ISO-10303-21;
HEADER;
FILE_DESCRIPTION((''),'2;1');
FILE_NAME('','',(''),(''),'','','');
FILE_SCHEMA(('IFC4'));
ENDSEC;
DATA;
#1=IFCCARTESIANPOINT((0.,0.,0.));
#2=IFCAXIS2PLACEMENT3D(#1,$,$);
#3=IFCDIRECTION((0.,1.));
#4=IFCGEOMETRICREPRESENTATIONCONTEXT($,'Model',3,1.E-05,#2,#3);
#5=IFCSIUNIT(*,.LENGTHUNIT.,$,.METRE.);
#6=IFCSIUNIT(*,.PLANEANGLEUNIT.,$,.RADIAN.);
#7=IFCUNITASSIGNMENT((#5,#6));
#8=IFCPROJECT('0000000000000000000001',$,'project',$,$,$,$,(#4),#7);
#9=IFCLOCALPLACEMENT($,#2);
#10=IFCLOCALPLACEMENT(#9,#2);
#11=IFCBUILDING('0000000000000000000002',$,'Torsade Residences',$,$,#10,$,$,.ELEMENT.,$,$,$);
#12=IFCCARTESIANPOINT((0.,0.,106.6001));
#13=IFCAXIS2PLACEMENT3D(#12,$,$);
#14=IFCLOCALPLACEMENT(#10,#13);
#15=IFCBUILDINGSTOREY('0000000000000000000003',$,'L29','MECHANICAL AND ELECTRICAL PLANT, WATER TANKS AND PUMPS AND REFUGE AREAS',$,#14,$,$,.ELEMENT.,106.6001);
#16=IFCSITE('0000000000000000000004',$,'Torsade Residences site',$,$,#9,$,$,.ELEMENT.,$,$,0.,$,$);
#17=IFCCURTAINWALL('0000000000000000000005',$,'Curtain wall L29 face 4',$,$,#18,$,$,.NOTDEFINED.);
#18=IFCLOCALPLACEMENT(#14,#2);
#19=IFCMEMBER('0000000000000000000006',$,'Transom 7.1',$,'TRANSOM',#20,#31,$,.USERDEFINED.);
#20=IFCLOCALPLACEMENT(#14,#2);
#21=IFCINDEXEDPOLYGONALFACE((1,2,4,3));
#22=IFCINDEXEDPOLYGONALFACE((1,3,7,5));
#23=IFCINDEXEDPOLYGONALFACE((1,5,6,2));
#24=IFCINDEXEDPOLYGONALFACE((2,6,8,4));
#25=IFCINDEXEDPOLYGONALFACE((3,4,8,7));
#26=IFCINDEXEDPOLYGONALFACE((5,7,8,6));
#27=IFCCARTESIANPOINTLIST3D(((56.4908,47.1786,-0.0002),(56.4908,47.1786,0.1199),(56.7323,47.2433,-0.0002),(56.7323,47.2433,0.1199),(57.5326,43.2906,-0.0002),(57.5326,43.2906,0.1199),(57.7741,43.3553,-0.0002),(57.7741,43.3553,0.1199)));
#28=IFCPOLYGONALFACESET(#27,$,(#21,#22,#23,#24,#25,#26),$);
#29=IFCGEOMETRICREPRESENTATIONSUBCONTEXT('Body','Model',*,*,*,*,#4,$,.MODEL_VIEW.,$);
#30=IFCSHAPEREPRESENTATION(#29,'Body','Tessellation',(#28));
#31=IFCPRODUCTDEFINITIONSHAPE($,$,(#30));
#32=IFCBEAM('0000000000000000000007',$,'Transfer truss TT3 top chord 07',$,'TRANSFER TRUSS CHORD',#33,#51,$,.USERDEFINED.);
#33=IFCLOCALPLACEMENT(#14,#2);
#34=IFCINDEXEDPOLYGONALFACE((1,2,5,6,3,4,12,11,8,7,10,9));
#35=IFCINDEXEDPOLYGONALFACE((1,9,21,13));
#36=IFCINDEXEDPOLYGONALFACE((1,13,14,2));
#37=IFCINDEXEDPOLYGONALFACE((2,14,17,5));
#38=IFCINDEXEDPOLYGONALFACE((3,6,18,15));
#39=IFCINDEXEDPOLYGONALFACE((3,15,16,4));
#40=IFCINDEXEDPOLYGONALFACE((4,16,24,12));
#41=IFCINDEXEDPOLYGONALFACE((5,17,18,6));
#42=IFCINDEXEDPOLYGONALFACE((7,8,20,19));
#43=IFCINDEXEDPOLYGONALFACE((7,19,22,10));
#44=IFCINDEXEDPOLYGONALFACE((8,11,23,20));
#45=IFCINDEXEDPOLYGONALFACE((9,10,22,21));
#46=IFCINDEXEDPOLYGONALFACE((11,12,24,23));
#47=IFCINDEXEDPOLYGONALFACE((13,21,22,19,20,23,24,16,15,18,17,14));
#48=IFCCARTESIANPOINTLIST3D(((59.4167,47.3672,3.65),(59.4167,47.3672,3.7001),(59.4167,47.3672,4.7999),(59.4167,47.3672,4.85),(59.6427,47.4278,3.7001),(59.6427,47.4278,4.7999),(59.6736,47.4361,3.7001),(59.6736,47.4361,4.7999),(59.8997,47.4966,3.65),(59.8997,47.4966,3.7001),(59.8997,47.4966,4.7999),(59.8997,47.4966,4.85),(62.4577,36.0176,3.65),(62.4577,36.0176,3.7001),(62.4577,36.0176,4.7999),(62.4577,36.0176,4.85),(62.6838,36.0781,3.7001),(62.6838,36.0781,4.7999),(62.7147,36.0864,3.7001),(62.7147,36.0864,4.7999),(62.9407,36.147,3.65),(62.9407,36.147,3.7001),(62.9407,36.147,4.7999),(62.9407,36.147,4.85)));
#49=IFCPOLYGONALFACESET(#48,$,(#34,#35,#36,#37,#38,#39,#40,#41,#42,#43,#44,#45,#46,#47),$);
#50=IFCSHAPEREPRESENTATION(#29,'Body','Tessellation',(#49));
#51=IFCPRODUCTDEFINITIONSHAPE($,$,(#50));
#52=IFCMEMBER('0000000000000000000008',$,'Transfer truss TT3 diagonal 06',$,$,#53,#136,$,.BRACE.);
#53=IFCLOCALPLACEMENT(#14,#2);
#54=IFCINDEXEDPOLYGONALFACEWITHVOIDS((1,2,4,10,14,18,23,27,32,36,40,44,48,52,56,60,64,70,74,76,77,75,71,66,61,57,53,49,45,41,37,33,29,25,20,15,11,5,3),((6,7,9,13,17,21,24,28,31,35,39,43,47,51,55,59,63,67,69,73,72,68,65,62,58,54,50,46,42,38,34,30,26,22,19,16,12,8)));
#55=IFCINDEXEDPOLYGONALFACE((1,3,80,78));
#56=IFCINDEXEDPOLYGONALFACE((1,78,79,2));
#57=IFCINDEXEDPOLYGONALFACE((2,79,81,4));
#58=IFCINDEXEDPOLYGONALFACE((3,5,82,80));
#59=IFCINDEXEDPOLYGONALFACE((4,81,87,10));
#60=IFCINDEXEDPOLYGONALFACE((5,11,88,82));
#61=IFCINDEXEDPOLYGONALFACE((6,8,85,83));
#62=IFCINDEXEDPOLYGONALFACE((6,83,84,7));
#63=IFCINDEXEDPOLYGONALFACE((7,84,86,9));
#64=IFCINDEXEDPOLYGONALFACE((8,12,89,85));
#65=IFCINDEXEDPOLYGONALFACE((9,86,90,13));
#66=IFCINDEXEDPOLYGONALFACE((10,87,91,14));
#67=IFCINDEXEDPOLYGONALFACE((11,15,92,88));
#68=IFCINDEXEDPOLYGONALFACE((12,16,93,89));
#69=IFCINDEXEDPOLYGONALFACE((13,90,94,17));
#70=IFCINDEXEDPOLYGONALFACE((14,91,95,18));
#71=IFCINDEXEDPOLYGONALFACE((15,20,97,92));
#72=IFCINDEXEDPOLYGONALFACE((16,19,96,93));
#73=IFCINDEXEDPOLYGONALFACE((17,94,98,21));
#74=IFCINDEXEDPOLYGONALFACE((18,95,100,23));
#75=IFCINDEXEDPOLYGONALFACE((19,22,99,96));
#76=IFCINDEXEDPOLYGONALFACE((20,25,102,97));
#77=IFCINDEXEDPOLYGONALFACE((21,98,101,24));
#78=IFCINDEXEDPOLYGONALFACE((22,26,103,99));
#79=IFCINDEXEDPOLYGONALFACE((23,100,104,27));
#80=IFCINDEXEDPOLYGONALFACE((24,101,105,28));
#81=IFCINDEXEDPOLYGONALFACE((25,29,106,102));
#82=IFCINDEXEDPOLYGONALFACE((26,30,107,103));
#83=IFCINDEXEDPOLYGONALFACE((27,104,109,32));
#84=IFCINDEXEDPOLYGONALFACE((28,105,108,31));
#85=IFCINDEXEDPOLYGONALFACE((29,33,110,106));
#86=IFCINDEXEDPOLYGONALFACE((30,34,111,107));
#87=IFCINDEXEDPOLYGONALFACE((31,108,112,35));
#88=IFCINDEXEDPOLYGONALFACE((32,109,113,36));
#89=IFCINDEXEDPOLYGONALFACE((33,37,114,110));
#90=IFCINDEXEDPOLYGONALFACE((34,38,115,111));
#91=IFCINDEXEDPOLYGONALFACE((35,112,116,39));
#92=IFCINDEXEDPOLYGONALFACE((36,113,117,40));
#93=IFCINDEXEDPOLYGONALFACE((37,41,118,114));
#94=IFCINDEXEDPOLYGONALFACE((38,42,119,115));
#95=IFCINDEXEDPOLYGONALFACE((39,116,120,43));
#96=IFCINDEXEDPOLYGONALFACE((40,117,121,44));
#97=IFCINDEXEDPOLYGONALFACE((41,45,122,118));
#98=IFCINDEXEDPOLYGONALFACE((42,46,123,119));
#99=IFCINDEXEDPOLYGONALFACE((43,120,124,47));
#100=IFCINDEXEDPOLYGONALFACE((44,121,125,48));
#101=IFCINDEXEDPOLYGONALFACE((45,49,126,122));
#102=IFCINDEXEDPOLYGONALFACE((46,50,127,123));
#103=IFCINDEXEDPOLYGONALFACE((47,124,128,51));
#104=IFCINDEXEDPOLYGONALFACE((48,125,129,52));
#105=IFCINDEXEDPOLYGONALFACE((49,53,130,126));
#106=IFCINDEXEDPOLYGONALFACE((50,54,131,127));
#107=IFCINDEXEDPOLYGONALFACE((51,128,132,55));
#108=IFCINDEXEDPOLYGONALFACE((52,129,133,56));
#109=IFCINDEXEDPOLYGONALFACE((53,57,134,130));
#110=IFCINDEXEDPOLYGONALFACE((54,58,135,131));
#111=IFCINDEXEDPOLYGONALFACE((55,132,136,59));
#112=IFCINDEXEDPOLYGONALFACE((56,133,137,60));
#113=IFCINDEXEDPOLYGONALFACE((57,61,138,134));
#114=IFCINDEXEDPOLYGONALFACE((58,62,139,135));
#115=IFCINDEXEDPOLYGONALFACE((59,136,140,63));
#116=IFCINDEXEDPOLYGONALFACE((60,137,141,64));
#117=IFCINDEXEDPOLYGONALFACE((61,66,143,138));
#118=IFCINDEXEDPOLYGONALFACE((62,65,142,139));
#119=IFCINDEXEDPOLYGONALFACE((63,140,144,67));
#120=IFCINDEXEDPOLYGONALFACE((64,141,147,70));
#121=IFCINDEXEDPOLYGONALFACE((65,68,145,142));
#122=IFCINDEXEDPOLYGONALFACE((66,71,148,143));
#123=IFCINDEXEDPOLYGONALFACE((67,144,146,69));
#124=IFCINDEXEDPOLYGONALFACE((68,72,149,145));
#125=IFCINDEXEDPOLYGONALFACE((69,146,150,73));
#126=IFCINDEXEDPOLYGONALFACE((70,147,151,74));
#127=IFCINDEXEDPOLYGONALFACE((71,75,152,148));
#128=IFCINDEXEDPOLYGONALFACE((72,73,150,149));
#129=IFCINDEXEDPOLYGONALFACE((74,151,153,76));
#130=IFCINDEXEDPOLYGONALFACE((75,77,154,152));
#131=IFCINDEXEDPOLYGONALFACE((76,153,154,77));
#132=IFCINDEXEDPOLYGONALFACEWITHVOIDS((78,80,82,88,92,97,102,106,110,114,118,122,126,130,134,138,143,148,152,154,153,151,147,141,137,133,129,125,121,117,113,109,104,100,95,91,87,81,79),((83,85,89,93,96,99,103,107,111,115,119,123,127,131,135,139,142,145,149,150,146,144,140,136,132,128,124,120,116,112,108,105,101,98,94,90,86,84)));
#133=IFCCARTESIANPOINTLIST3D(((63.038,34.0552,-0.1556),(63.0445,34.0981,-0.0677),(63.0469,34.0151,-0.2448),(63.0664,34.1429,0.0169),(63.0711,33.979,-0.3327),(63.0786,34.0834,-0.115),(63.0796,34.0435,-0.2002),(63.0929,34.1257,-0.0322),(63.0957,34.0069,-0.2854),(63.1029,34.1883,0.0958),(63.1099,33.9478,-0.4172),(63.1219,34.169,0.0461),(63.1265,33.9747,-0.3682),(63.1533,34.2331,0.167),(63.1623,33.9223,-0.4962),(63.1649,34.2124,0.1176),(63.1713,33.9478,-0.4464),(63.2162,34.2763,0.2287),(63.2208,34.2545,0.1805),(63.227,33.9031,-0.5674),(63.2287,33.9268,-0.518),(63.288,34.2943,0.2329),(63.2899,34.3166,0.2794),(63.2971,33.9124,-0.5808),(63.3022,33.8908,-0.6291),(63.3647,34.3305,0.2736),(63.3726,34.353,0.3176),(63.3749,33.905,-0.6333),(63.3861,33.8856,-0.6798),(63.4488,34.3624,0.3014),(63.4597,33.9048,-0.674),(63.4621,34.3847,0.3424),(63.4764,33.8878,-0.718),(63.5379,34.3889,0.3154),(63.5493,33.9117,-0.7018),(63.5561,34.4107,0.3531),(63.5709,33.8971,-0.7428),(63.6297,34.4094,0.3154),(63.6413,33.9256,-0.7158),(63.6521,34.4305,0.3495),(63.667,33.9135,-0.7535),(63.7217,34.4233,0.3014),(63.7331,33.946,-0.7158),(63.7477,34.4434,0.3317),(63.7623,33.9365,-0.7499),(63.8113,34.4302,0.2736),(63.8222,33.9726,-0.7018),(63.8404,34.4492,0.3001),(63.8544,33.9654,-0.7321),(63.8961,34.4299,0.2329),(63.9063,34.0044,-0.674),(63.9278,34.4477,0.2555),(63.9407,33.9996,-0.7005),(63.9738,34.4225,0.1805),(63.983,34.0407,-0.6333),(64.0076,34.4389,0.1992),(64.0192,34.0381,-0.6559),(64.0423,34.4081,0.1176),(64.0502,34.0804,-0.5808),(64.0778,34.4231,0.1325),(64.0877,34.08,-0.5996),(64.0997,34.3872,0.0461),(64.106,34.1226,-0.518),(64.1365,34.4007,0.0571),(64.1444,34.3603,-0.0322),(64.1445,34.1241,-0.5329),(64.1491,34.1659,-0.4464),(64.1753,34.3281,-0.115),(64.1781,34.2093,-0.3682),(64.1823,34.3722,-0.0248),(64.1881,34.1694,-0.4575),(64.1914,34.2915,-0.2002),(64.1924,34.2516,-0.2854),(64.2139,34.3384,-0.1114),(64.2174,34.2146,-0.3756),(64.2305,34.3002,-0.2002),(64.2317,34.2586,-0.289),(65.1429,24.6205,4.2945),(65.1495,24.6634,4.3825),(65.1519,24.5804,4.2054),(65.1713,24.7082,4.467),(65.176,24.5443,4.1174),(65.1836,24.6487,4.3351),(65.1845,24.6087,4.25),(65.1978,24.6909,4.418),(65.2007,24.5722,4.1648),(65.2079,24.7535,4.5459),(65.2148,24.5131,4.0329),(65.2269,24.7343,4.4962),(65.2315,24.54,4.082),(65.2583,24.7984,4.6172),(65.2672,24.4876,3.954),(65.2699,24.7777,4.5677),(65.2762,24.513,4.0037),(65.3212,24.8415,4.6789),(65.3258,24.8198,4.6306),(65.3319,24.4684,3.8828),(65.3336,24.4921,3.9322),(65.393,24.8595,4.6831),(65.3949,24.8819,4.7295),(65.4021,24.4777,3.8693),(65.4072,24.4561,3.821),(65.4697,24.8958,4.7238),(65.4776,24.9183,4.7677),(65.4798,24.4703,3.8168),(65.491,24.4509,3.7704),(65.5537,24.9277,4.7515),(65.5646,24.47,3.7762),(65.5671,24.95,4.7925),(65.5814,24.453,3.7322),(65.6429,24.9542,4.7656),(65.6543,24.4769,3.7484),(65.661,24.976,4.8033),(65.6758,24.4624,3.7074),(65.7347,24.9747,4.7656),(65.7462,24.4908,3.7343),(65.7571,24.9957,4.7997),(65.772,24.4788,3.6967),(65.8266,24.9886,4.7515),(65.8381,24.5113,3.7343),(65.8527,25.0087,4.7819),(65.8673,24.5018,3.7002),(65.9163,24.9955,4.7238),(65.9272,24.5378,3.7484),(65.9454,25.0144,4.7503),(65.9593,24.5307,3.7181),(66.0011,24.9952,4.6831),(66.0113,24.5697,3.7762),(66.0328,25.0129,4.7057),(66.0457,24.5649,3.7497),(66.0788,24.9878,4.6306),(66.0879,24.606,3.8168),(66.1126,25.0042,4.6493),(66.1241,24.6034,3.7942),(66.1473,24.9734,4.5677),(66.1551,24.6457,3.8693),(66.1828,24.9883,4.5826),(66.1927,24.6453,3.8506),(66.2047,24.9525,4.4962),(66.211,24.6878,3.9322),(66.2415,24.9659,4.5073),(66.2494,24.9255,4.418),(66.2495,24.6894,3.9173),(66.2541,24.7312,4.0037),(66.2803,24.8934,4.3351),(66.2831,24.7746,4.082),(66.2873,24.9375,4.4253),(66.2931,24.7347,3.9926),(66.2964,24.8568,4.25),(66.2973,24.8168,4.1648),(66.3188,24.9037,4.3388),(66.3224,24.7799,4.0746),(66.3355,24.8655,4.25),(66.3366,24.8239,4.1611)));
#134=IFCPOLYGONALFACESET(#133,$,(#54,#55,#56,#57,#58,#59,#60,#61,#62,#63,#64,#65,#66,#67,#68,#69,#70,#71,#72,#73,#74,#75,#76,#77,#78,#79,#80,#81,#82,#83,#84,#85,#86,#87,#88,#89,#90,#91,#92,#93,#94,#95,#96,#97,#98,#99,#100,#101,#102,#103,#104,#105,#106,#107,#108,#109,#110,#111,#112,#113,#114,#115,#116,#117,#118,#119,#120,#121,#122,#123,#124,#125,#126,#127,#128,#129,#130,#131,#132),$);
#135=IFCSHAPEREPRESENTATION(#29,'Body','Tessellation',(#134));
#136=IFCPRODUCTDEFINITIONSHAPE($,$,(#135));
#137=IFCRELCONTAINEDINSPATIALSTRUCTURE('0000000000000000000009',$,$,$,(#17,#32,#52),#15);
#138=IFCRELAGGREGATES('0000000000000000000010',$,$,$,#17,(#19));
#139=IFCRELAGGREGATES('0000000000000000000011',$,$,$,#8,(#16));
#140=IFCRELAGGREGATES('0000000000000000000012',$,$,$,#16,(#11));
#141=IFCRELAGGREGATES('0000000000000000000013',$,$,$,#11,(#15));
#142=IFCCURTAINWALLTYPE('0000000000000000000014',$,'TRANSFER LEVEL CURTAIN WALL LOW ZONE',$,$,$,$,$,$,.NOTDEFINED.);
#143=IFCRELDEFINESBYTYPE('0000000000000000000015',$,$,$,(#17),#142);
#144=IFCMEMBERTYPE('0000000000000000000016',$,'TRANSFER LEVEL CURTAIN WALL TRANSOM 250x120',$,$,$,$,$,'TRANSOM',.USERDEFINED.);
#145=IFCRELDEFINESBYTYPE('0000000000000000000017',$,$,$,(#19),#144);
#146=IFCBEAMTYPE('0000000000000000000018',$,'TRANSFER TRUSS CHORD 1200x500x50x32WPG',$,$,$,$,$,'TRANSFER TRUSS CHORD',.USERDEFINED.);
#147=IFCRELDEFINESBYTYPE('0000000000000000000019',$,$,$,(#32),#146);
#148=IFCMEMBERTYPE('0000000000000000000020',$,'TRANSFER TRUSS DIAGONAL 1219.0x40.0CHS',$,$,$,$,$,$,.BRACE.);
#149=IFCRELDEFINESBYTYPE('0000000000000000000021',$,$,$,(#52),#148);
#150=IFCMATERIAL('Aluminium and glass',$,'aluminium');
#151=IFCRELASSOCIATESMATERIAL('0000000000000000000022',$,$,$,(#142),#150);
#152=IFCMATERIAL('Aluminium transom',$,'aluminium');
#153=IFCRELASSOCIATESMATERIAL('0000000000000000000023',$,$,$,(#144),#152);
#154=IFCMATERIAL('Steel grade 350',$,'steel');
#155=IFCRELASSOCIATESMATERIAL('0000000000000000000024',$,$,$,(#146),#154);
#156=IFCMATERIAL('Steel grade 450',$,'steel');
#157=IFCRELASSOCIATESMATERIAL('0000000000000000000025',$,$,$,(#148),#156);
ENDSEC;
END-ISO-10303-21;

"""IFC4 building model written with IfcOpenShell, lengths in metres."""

from ifc_helpers import new_model, si_unit, direction, frame, origin, origin_2d, place, context, subcontext, project, spatial, rectangle, hollow_circle, i_section, extrude, material, material_profile, profile_set, type_object, element, aggregate, save


model = new_model("IFC4")

# Units and contexts
model_context = context("Model", 3, precision=1e-05, world=origin(), true_north=direction((0.0, 1.0)))
body_context = subcontext(model_context, "Body", "Model", "MODEL_VIEW")
ifc_project = project(units=[si_unit("LENGTHUNIT", "METRE"), si_unit("PLANEANGLEUNIT", "RADIAN")], contexts=[model_context])

# Site, building, storey
site_placement = place(None, origin())
site = spatial("IfcSite", under=ifc_project, at=site_placement, Name="Torsade Residences site", CompositionType="ELEMENT", RefElevation=0.0)
building_placement = place(site_placement, origin())
building = spatial("IfcBuilding", under=site, at=building_placement, Name="Torsade Residences", CompositionType="ELEMENT")
storey_placement = place(building_placement, frame((0.0, 0.0, 106.6001)))
storey = spatial("IfcBuildingStorey", under=building, at=storey_placement, Name="L29", Description="MECHANICAL AND ELECTRICAL PLANT, WATER TANKS AND PUMPS AND REFUGE AREAS", CompositionType="ELEMENT", Elevation=106.6001)

# Curtain wall, member
ifc_material_1 = material(Name="Aluminium and glass", Category="aluminium")
curtain_wall_type = type_object("IfcCurtainWallType", Name="TRANSFER LEVEL CURTAIN WALL LOW ZONE", PredefinedType="NOTDEFINED", material=ifc_material_1)
curtain_wall_placement = place(storey_placement, origin())
curtain_wall = element("IfcCurtainWall", 1, at=curtain_wall_placement, inside=storey, type_object=curtain_wall_type, Name="Curtain wall L29 face 4", PredefinedType="NOTDEFINED")
ifc_material_2 = material(Name="Aluminium transom", Category="aluminium")
ifc_material_profile_1 = material_profile(ifc_material_2, rectangle(XDim=0.25, YDim=0.1201, at=origin_2d()), Name="TRANSFER LEVEL CURTAIN WALL TRANSOM 250x120")
ifc_profile_set_1 = profile_set([ifc_material_profile_1], Name="Aluminium transom")
member_type_1 = type_object("IfcMemberType", Name="TRANSFER LEVEL CURTAIN WALL TRANSOM 250x120", ElementType="TRANSOM", PredefinedType="USERDEFINED", material=ifc_profile_set_1)
member_1_placement = place(storey_placement, frame((57.6533, 43.323, 0.0598), z_axis=(-0.258814, 0.965927, 0.0), x_axis=(-0.965927, -0.258814, 0.0)))
member_1 = element("IfcMember", 2, at=member_1_placement, type_object=member_type_1, Name="Transom 7.1", ObjectType="TRANSOM", PredefinedType="USERDEFINED", context=body_context, shape_type="SweptSolid", body=[
    extrude(rectangle(XDim=0.25, YDim=0.1201, at=origin_2d()), origin(), (0.0, 0.0, 1.0), 4.0251),
])

# Beam
ifc_material_3 = material(Name="Steel grade 350", Category="steel")
ifc_material_profile_2 = material_profile(ifc_material_3, i_section(OverallWidth=0.5, OverallDepth=1.2, WebThickness=0.032, FlangeThickness=0.05, at=origin_2d()), Name="1200x500x50x32WPG")
ifc_profile_set_2 = profile_set([ifc_material_profile_2], Name="Steel grade 350")
beam_type_1 = type_object("IfcBeamType", Name="TRANSFER TRUSS CHORD 1200x500x50x32WPG", ElementType="TRANSFER TRUSS CHORD", PredefinedType="USERDEFINED", material=ifc_profile_set_2)
beam_1_placement = place(storey_placement, frame((62.6992, 36.0823, 4.25), z_axis=(-0.258811, 0.965928, 0.0), x_axis=(-0.965928, -0.258811, 0.0)))
element("IfcBeam", 3, at=beam_1_placement, inside=storey, type_object=beam_type_1, Name="Transfer truss TT3 top chord 07", ObjectType="TRANSFER TRUSS CHORD", PredefinedType="USERDEFINED", context=body_context, shape_type="SweptSolid", body=[
    extrude(i_section(OverallWidth=0.5, OverallDepth=1.2, WebThickness=0.032, FlangeThickness=0.05, at=origin_2d()), origin(), (0.0, 0.0, 1.0), 11.75),
])

# Member
ifc_material_4 = material(Name="Steel grade 450", Category="steel")
ifc_material_profile_3 = material_profile(ifc_material_4, hollow_circle(Radius=0.6096, WallThickness=0.04, at=origin_2d()), Name="1219.0x40.0CHS")
ifc_profile_set_3 = profile_set([ifc_material_profile_3], Name="Steel grade 450")
member_type_2 = type_object("IfcMemberType", Name="TRANSFER TRUSS DIAGONAL 1219.0x40.0CHS", PredefinedType="BRACE", material=ifc_profile_set_3)
member_2_placement = place(storey_placement, frame((63.6355, 34.1675, -0.2002), z_axis=(0.1978, -0.886569, 0.418175), x_axis=(0.976004, 0.217754, 0.0)))
element("IfcMember", 4, at=member_2_placement, inside=storey, type_object=member_type_2, Name="Transfer truss TT3 diagonal 06", PredefinedType="BRACE", context=body_context, shape_type="SweptSolid", body=[
    extrude(hollow_circle(Radius=0.6096, WallThickness=0.04, at=origin_2d()), origin(), (0.0, 0.0, 1.0), 10.6418),
])

aggregate(curtain_wall, [member_1])

save(model, "model.ifc")
